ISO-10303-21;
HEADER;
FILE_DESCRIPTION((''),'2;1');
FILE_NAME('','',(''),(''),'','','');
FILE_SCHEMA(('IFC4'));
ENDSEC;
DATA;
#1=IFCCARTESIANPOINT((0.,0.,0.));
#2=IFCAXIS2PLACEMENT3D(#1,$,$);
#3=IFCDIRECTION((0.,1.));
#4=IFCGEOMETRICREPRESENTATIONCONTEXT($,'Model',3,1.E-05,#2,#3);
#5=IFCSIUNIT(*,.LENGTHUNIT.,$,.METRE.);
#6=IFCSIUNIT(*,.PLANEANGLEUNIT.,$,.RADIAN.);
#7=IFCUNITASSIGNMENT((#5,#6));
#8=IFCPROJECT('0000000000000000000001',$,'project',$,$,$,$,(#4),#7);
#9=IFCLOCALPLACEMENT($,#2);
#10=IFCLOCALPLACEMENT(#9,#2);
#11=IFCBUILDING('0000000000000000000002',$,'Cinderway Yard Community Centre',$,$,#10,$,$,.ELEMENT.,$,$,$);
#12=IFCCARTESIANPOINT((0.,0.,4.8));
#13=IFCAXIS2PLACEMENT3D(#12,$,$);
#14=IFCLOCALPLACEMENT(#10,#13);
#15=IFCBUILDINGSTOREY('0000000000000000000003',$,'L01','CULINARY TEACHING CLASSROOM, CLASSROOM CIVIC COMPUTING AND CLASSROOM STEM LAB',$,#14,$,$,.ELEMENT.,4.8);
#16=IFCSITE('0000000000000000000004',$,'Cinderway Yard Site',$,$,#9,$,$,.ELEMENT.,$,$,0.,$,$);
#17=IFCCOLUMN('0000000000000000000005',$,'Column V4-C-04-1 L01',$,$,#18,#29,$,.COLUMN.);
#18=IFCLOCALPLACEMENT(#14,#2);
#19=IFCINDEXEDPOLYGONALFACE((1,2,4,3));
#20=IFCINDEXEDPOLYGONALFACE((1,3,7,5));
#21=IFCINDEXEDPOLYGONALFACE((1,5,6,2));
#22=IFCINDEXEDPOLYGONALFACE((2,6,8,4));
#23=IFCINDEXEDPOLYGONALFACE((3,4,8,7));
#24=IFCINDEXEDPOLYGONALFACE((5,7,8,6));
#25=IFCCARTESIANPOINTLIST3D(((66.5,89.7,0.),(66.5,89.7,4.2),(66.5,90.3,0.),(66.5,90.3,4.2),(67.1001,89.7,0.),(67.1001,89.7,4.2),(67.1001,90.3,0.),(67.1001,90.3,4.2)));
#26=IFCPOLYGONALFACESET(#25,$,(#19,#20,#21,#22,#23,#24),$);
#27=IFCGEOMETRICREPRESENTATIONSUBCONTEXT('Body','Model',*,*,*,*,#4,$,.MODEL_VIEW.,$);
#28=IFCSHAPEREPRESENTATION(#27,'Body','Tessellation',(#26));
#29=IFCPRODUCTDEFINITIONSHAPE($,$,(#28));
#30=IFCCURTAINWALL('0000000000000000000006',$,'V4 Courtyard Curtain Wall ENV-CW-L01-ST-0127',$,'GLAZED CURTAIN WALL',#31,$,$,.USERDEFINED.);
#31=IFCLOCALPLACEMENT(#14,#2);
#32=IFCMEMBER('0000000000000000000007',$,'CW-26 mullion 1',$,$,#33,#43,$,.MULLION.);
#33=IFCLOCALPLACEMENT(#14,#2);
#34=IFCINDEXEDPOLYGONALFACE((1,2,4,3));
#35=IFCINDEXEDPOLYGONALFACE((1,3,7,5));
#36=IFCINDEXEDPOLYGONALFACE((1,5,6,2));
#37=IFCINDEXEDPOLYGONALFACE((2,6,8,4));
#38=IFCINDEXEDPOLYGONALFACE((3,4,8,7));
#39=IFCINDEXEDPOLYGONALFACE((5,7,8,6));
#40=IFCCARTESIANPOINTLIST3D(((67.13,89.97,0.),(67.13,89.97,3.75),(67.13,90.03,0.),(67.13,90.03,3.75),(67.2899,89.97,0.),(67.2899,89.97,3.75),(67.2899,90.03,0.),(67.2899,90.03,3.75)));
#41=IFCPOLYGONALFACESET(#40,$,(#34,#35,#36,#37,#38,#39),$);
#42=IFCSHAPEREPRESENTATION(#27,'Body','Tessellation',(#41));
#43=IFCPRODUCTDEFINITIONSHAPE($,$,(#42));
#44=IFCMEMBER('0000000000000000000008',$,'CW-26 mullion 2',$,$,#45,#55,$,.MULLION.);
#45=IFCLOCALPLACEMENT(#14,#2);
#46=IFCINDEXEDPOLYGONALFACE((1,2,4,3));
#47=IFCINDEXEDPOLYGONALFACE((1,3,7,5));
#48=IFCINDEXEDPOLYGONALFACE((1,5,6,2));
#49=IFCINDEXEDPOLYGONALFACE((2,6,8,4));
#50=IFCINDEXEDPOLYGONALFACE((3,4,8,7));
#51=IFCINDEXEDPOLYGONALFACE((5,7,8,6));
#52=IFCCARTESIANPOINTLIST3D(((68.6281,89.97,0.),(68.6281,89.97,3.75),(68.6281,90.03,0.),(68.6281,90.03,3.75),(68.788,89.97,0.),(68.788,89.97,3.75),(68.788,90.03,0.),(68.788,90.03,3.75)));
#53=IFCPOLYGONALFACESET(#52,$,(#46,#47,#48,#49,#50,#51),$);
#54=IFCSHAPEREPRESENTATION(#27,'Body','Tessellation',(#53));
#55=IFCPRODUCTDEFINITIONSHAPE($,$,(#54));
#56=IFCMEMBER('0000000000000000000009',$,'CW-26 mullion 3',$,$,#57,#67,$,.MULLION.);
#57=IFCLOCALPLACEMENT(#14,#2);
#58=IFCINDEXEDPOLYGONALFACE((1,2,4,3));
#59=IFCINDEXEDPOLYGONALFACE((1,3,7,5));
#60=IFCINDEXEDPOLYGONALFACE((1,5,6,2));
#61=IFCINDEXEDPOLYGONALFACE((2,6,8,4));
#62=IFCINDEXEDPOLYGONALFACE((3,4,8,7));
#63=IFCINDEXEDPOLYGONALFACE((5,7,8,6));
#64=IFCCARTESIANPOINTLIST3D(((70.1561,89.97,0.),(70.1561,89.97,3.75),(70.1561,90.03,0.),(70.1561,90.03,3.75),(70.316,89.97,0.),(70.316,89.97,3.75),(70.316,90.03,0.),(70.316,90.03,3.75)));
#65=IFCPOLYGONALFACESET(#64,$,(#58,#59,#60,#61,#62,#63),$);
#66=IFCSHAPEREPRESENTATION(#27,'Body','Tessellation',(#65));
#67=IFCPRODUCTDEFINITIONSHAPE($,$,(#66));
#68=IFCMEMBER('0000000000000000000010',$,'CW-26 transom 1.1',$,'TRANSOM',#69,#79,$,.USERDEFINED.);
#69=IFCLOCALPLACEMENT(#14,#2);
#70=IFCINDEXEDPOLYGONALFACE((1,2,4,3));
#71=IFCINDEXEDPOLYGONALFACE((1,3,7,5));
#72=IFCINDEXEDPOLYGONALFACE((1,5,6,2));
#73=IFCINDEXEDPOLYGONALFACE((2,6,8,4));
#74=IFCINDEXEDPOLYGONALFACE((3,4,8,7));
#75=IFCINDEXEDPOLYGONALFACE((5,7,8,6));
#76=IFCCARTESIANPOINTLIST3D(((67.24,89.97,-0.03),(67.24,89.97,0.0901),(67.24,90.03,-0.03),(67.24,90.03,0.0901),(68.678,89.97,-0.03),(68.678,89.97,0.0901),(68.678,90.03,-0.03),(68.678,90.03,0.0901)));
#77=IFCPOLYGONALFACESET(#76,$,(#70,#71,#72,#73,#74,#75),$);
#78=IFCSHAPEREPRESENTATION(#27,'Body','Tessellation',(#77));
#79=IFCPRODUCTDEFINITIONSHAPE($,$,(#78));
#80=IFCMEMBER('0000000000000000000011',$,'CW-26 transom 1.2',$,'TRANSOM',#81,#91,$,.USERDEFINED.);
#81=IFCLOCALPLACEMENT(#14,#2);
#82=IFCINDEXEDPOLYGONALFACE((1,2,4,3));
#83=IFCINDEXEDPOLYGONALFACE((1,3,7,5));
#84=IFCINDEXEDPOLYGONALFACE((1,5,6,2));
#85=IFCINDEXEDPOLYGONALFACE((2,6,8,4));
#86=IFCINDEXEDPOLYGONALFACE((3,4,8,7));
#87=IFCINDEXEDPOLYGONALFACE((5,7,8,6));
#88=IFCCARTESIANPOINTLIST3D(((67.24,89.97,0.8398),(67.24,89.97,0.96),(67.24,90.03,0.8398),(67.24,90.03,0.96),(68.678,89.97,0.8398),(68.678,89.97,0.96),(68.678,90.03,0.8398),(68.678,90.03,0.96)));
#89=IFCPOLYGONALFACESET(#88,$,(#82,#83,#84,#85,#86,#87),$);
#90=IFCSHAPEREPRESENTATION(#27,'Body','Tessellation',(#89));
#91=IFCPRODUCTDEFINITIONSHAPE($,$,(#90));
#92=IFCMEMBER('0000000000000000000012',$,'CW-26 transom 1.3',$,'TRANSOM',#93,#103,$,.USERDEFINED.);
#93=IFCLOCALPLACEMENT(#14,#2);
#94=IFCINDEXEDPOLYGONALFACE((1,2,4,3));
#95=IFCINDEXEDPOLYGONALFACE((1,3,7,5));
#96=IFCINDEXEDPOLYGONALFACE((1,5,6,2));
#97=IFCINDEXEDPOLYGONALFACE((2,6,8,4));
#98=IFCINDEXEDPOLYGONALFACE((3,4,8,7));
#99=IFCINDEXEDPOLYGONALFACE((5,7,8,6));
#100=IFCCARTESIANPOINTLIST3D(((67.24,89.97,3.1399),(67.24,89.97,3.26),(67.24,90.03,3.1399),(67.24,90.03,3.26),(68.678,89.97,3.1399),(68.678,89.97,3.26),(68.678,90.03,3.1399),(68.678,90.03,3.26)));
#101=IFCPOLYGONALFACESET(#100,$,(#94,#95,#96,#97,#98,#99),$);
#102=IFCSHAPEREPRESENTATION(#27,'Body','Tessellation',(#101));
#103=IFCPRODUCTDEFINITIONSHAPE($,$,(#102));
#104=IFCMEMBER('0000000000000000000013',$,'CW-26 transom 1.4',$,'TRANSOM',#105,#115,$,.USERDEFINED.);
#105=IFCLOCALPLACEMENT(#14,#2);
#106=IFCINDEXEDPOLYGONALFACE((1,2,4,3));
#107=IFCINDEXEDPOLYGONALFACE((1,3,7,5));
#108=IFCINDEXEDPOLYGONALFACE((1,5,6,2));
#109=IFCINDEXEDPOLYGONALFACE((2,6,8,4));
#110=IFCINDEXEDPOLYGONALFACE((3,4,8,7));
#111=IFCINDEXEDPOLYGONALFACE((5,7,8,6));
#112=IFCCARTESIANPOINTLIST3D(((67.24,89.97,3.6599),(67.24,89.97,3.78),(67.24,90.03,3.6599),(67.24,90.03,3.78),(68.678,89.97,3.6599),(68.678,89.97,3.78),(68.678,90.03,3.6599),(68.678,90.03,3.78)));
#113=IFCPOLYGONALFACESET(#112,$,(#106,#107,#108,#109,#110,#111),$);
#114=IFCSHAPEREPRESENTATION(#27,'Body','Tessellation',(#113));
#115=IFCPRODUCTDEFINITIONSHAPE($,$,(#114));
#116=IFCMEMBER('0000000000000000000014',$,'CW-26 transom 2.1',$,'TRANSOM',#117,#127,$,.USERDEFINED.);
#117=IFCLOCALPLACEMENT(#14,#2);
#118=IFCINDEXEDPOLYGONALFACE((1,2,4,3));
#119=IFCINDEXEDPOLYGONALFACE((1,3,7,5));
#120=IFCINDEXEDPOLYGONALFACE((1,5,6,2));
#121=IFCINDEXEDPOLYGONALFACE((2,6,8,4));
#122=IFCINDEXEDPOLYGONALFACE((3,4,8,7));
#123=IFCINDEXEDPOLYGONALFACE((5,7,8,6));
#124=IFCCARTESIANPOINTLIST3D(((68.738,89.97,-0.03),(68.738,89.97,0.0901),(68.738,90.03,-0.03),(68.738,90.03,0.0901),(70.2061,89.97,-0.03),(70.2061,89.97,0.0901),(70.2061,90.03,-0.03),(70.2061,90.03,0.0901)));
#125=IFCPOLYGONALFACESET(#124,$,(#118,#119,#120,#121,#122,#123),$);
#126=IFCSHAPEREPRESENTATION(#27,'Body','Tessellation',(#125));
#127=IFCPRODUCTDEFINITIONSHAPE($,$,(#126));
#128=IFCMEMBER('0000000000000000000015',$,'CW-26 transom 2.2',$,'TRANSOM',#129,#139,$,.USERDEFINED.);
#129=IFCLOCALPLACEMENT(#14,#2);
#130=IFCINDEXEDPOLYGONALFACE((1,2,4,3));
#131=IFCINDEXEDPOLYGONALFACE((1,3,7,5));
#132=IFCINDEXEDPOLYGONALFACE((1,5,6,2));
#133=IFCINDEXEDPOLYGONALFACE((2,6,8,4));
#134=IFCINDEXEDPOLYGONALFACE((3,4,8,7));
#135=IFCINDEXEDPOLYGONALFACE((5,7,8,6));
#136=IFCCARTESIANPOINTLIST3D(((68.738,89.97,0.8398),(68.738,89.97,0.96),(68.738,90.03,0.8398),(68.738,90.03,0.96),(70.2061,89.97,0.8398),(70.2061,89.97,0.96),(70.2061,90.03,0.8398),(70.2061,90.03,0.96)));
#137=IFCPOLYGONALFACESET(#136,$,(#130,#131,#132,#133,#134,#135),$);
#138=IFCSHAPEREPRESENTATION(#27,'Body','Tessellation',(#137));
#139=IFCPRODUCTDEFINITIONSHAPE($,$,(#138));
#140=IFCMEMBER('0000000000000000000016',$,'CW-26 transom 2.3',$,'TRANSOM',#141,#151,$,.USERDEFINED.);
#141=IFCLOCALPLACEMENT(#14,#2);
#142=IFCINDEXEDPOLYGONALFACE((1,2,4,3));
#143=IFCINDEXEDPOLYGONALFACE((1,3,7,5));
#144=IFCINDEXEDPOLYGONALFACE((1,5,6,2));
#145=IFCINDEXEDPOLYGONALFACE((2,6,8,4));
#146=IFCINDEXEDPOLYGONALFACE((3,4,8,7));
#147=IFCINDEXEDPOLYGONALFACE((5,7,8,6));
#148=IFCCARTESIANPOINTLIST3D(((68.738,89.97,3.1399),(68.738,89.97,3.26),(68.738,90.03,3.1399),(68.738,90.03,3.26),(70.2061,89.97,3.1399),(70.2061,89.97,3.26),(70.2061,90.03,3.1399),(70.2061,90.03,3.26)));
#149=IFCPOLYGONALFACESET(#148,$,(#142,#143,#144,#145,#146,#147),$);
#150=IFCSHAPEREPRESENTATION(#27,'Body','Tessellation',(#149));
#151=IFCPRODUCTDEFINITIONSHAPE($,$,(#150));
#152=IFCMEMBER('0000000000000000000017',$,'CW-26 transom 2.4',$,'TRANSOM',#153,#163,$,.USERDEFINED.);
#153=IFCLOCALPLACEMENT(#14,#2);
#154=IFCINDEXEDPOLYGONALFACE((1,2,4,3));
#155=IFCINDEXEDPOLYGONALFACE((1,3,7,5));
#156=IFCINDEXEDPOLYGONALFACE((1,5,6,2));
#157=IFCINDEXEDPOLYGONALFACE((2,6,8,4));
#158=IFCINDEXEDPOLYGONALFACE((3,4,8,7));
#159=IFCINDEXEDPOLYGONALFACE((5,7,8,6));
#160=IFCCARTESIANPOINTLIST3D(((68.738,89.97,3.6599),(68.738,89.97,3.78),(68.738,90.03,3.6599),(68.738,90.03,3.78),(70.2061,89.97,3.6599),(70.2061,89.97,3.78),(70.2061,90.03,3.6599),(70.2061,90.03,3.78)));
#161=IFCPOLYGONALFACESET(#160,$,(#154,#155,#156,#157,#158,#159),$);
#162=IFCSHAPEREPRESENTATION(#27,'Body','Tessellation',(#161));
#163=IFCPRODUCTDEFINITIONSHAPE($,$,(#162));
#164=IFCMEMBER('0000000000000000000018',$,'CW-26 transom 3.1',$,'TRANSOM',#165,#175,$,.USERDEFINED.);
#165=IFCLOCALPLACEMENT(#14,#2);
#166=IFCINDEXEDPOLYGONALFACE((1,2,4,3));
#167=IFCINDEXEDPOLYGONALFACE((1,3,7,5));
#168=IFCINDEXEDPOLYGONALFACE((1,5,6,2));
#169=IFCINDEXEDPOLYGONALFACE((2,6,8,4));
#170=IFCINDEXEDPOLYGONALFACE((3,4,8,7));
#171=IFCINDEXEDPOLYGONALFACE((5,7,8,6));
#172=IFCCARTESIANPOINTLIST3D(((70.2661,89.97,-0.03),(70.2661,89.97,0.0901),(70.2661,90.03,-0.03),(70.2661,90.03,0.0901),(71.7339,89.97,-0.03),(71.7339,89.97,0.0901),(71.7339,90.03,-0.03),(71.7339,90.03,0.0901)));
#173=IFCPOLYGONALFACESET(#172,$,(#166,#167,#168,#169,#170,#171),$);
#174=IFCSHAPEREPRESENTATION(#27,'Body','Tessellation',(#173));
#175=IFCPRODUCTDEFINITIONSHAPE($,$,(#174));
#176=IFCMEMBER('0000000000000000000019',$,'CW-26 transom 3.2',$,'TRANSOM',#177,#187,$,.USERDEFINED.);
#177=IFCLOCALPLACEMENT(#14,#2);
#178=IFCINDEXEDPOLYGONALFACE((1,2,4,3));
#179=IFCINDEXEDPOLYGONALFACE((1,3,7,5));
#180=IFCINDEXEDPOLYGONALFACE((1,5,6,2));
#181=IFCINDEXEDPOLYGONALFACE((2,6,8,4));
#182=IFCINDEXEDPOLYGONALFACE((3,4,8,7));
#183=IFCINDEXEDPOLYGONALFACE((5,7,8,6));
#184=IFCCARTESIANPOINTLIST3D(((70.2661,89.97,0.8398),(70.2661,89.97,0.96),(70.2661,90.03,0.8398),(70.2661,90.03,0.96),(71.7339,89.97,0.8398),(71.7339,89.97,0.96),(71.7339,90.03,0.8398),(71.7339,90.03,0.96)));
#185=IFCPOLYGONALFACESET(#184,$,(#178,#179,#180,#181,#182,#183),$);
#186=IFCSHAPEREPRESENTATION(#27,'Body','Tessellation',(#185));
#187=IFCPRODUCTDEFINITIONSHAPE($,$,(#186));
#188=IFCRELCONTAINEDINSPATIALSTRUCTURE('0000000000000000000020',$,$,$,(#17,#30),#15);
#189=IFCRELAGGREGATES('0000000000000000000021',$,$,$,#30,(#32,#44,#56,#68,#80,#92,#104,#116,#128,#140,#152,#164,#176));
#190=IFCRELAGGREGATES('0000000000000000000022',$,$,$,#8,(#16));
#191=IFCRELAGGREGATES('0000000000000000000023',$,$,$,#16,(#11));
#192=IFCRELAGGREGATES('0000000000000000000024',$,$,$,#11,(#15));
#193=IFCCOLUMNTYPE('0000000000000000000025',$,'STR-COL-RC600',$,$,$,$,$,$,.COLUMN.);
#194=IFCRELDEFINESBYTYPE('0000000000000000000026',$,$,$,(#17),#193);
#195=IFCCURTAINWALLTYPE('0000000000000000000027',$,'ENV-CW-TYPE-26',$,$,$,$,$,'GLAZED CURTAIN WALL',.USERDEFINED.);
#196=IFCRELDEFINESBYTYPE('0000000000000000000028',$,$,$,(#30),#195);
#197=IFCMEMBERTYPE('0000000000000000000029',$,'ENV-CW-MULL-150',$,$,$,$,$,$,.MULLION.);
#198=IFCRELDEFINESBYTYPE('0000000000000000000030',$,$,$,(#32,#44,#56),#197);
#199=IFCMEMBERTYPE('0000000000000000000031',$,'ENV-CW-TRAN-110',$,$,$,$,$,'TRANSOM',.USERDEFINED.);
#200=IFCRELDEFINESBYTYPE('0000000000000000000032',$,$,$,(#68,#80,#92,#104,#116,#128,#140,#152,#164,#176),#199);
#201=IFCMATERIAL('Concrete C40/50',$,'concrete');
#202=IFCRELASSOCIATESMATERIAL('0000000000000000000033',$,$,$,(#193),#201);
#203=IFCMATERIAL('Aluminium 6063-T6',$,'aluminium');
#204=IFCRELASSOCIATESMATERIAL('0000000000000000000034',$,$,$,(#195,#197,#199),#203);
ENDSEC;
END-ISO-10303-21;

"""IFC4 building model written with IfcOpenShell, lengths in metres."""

from ifc_helpers import new_model, si_unit, direction, frame, origin, origin_2d, place, context, subcontext, project, spatial, rectangle, extrude, material, material_profile, profile_set, type_object, element, aggregate, save


model = new_model("IFC4")

# Units and contexts
model_context = context("Model", 3, precision=1e-05, world=origin(), true_north=direction((0.0, 1.0)))
body_context = subcontext(model_context, "Body", "Model", "MODEL_VIEW")
ifc_project = project(units=[si_unit("LENGTHUNIT", "METRE"), si_unit("PLANEANGLEUNIT", "RADIAN")], contexts=[model_context])

# Site, building, storey
site_placement = place(None, origin())
site = spatial("IfcSite", under=ifc_project, at=site_placement, Name="Cinderway Yard Site", CompositionType="ELEMENT", RefElevation=0.0)
building_placement = place(site_placement, origin())
building = spatial("IfcBuilding", under=site, at=building_placement, Name="Cinderway Yard Community Centre", CompositionType="ELEMENT")
storey_placement = place(building_placement, frame((0.0, 0.0, 4.8)))
storey = spatial("IfcBuildingStorey", under=building, at=storey_placement, Name="L01", Description="CULINARY TEACHING CLASSROOM, CLASSROOM CIVIC COMPUTING AND CLASSROOM STEM LAB", CompositionType="ELEMENT", Elevation=4.8)

# Column
ifc_material_1 = material(Name="Concrete C40/50", Category="concrete")
ifc_material_profile_1 = material_profile(ifc_material_1, rectangle(XDim=0.6001, YDim=0.6001, at=origin_2d()), Name="Concrete C40/50")
ifc_profile_set_1 = profile_set([ifc_material_profile_1], Name="Concrete C40/50")
column_type = type_object("IfcColumnType", Name="STR-COL-RC600", PredefinedType="COLUMN", material=ifc_profile_set_1)
column_placement = place(storey_placement, frame((66.8, 90.0, 0.0), z_axis=(0.0, 0.0, 1.0), x_axis=(1.0, 0.0, 0.0)))
element("IfcColumn", 1, at=column_placement, inside=storey, type_object=column_type, Name="Column V4-C-04-1 L01", PredefinedType="COLUMN", context=body_context, shape_type="SweptSolid", body=[
    extrude(rectangle(XDim=0.6001, YDim=0.6001, at=origin_2d()), origin(), (0.0, 0.0, 1.0), 4.2),
])

# Curtain wall, members
ifc_material_2 = material(Name="Aluminium 6063-T6", Category="aluminium")
curtain_wall_type = type_object("IfcCurtainWallType", Name="ENV-CW-TYPE-26", ElementType="GLAZED CURTAIN WALL", PredefinedType="USERDEFINED", material=ifc_material_2)
curtain_wall_placement = place(storey_placement, origin())
curtain_wall = element("IfcCurtainWall", 2, at=curtain_wall_placement, inside=storey, type_object=curtain_wall_type, Name="V4 Courtyard Curtain Wall ENV-CW-L01-ST-0127", ObjectType="GLAZED CURTAIN WALL", PredefinedType="USERDEFINED")
ifc_material_profile_2 = material_profile(ifc_material_2, rectangle(XDim=0.0601, YDim=0.1599, at=origin_2d()), Name="Aluminium 6063-T6")
ifc_profile_set_2 = profile_set([ifc_material_profile_2], Name="Aluminium 6063-T6")
member_type_1 = type_object("IfcMemberType", Name="ENV-CW-MULL-150", PredefinedType="MULLION", material=ifc_profile_set_2)
member_1_placement = place(storey_placement, frame((67.21, 90.0, 0.0), z_axis=(0.0, 0.0, 1.0), x_axis=(0.0, 1.0, 0.0)))
member_1 = element("IfcMember", 3, at=member_1_placement, type_object=member_type_1, Name="CW-26 mullion 1", PredefinedType="MULLION", context=body_context, shape_type="SweptSolid", body=[
    extrude(rectangle(XDim=0.0601, YDim=0.1599, at=origin_2d()), origin(), (0.0, 0.0, 1.0), 3.75),
])
member_2_placement = place(storey_placement, frame((68.708, 90.0, 0.0), z_axis=(0.0, 0.0, 1.0), x_axis=(0.0, 1.0, 0.0)))
member_2 = element("IfcMember", 4, at=member_2_placement, type_object=member_type_1, Name="CW-26 mullion 2", PredefinedType="MULLION", context=body_context, shape_type="SweptSolid", body=[
    extrude(rectangle(XDim=0.0601, YDim=0.1599, at=origin_2d()), origin(), (0.0, 0.0, 1.0), 3.75),
])
member_3_placement = place(storey_placement, frame((70.2361, 90.0, 0.0), z_axis=(0.0, 0.0, 1.0), x_axis=(0.0, 1.0, 0.0)))
member_3 = element("IfcMember", 5, at=member_3_placement, type_object=member_type_1, Name="CW-26 mullion 3", PredefinedType="MULLION", context=body_context, shape_type="SweptSolid", body=[
    extrude(rectangle(XDim=0.0601, YDim=0.1599, at=origin_2d()), origin(), (0.0, 0.0, 1.0), 3.75),
])
ifc_material_profile_3 = material_profile(ifc_material_2, rectangle(XDim=0.0601, YDim=0.1201, at=origin_2d()), Name="Aluminium 6063-T6")
ifc_profile_set_3 = profile_set([ifc_material_profile_3], Name="Aluminium 6063-T6")
member_type_2 = type_object("IfcMemberType", Name="ENV-CW-TRAN-110", ElementType="TRANSOM", PredefinedType="USERDEFINED", material=ifc_profile_set_3)
member_4_placement = place(storey_placement, frame((67.24, 90.0, 0.03), z_axis=(1.0, 0.0, 0.0), x_axis=(0.0, 1.0, 0.0)))
member_4 = element("IfcMember", 6, at=member_4_placement, type_object=member_type_2, Name="CW-26 transom 1.1", ObjectType="TRANSOM", PredefinedType="USERDEFINED", context=body_context, shape_type="SweptSolid", body=[
    extrude(rectangle(XDim=0.0601, YDim=0.1201, at=origin_2d()), origin(), (0.0, 0.0, 1.0), 1.438),
])
member_5_placement = place(storey_placement, frame((67.24, 90.0, 0.8999), z_axis=(1.0, 0.0, 0.0), x_axis=(0.0, 1.0, 0.0)))
member_5 = element("IfcMember", 7, at=member_5_placement, type_object=member_type_2, Name="CW-26 transom 1.2", ObjectType="TRANSOM", PredefinedType="USERDEFINED", context=body_context, shape_type="SweptSolid", body=[
    extrude(rectangle(XDim=0.0601, YDim=0.1201, at=origin_2d()), origin(), (0.0, 0.0, 1.0), 1.438),
])
member_6_placement = place(storey_placement, frame((67.24, 90.0, 3.2), z_axis=(1.0, 0.0, 0.0), x_axis=(0.0, 1.0, 0.0)))
member_6 = element("IfcMember", 8, at=member_6_placement, type_object=member_type_2, Name="CW-26 transom 1.3", ObjectType="TRANSOM", PredefinedType="USERDEFINED", context=body_context, shape_type="SweptSolid", body=[
    extrude(rectangle(XDim=0.0601, YDim=0.1201, at=origin_2d()), origin(), (0.0, 0.0, 1.0), 1.438),
])
member_7_placement = place(storey_placement, frame((67.24, 90.0, 3.72), z_axis=(1.0, 0.0, 0.0), x_axis=(0.0, 1.0, 0.0)))
member_7 = element("IfcMember", 9, at=member_7_placement, type_object=member_type_2, Name="CW-26 transom 1.4", ObjectType="TRANSOM", PredefinedType="USERDEFINED", context=body_context, shape_type="SweptSolid", body=[
    extrude(rectangle(XDim=0.0601, YDim=0.1201, at=origin_2d()), origin(), (0.0, 0.0, 1.0), 1.438),
])
member_8_placement = place(storey_placement, frame((68.738, 90.0, 0.03), z_axis=(1.0, 0.0, 0.0), x_axis=(0.0, 1.0, 0.0)))
member_8 = element("IfcMember", 10, at=member_8_placement, type_object=member_type_2, Name="CW-26 transom 2.1", ObjectType="TRANSOM", PredefinedType="USERDEFINED", context=body_context, shape_type="SweptSolid", body=[
    extrude(rectangle(XDim=0.0601, YDim=0.1201, at=origin_2d()), origin(), (0.0, 0.0, 1.0), 1.468),
])
member_9_placement = place(storey_placement, frame((68.738, 90.0, 0.8999), z_axis=(1.0, 0.0, 0.0), x_axis=(0.0, 1.0, 0.0)))
member_9 = element("IfcMember", 11, at=member_9_placement, type_object=member_type_2, Name="CW-26 transom 2.2", ObjectType="TRANSOM", PredefinedType="USERDEFINED", context=body_context, shape_type="SweptSolid", body=[
    extrude(rectangle(XDim=0.0601, YDim=0.1201, at=origin_2d()), origin(), (0.0, 0.0, 1.0), 1.468),
])
member_10_placement = place(storey_placement, frame((68.738, 90.0, 3.2), z_axis=(1.0, 0.0, 0.0), x_axis=(0.0, 1.0, 0.0)))
member_10 = element("IfcMember", 12, at=member_10_placement, type_object=member_type_2, Name="CW-26 transom 2.3", ObjectType="TRANSOM", PredefinedType="USERDEFINED", context=body_context, shape_type="SweptSolid", body=[
    extrude(rectangle(XDim=0.0601, YDim=0.1201, at=origin_2d()), origin(), (0.0, 0.0, 1.0), 1.468),
])
member_11_placement = place(storey_placement, frame((68.738, 90.0, 3.72), z_axis=(1.0, 0.0, 0.0), x_axis=(0.0, 1.0, 0.0)))
member_11 = element("IfcMember", 13, at=member_11_placement, type_object=member_type_2, Name="CW-26 transom 2.4", ObjectType="TRANSOM", PredefinedType="USERDEFINED", context=body_context, shape_type="SweptSolid", body=[
    extrude(rectangle(XDim=0.0601, YDim=0.1201, at=origin_2d()), origin(), (0.0, 0.0, 1.0), 1.468),
])
member_12_placement = place(storey_placement, frame((70.2661, 90.0, 0.03), z_axis=(1.0, 0.0, 0.0), x_axis=(0.0, 1.0, 0.0)))
member_12 = element("IfcMember", 14, at=member_12_placement, type_object=member_type_2, Name="CW-26 transom 3.1", ObjectType="TRANSOM", PredefinedType="USERDEFINED", context=body_context, shape_type="SweptSolid", body=[
    extrude(rectangle(XDim=0.0601, YDim=0.1201, at=origin_2d()), origin(), (0.0, 0.0, 1.0), 1.4678),
])
member_13_placement = place(storey_placement, frame((70.2661, 90.0, 0.8999), z_axis=(1.0, 0.0, 0.0), x_axis=(0.0, 1.0, 0.0)))
member_13 = element("IfcMember", 15, at=member_13_placement, type_object=member_type_2, Name="CW-26 transom 3.2", ObjectType="TRANSOM", PredefinedType="USERDEFINED", context=body_context, shape_type="SweptSolid", body=[
    extrude(rectangle(XDim=0.0601, YDim=0.1201, at=origin_2d()), origin(), (0.0, 0.0, 1.0), 1.4678),
])

aggregate(curtain_wall, [member_1, member_2, member_3, member_4, member_5, member_6, member_7, member_8, member_9, member_10, member_11, member_12, member_13])

save(model, "model.ifc")
